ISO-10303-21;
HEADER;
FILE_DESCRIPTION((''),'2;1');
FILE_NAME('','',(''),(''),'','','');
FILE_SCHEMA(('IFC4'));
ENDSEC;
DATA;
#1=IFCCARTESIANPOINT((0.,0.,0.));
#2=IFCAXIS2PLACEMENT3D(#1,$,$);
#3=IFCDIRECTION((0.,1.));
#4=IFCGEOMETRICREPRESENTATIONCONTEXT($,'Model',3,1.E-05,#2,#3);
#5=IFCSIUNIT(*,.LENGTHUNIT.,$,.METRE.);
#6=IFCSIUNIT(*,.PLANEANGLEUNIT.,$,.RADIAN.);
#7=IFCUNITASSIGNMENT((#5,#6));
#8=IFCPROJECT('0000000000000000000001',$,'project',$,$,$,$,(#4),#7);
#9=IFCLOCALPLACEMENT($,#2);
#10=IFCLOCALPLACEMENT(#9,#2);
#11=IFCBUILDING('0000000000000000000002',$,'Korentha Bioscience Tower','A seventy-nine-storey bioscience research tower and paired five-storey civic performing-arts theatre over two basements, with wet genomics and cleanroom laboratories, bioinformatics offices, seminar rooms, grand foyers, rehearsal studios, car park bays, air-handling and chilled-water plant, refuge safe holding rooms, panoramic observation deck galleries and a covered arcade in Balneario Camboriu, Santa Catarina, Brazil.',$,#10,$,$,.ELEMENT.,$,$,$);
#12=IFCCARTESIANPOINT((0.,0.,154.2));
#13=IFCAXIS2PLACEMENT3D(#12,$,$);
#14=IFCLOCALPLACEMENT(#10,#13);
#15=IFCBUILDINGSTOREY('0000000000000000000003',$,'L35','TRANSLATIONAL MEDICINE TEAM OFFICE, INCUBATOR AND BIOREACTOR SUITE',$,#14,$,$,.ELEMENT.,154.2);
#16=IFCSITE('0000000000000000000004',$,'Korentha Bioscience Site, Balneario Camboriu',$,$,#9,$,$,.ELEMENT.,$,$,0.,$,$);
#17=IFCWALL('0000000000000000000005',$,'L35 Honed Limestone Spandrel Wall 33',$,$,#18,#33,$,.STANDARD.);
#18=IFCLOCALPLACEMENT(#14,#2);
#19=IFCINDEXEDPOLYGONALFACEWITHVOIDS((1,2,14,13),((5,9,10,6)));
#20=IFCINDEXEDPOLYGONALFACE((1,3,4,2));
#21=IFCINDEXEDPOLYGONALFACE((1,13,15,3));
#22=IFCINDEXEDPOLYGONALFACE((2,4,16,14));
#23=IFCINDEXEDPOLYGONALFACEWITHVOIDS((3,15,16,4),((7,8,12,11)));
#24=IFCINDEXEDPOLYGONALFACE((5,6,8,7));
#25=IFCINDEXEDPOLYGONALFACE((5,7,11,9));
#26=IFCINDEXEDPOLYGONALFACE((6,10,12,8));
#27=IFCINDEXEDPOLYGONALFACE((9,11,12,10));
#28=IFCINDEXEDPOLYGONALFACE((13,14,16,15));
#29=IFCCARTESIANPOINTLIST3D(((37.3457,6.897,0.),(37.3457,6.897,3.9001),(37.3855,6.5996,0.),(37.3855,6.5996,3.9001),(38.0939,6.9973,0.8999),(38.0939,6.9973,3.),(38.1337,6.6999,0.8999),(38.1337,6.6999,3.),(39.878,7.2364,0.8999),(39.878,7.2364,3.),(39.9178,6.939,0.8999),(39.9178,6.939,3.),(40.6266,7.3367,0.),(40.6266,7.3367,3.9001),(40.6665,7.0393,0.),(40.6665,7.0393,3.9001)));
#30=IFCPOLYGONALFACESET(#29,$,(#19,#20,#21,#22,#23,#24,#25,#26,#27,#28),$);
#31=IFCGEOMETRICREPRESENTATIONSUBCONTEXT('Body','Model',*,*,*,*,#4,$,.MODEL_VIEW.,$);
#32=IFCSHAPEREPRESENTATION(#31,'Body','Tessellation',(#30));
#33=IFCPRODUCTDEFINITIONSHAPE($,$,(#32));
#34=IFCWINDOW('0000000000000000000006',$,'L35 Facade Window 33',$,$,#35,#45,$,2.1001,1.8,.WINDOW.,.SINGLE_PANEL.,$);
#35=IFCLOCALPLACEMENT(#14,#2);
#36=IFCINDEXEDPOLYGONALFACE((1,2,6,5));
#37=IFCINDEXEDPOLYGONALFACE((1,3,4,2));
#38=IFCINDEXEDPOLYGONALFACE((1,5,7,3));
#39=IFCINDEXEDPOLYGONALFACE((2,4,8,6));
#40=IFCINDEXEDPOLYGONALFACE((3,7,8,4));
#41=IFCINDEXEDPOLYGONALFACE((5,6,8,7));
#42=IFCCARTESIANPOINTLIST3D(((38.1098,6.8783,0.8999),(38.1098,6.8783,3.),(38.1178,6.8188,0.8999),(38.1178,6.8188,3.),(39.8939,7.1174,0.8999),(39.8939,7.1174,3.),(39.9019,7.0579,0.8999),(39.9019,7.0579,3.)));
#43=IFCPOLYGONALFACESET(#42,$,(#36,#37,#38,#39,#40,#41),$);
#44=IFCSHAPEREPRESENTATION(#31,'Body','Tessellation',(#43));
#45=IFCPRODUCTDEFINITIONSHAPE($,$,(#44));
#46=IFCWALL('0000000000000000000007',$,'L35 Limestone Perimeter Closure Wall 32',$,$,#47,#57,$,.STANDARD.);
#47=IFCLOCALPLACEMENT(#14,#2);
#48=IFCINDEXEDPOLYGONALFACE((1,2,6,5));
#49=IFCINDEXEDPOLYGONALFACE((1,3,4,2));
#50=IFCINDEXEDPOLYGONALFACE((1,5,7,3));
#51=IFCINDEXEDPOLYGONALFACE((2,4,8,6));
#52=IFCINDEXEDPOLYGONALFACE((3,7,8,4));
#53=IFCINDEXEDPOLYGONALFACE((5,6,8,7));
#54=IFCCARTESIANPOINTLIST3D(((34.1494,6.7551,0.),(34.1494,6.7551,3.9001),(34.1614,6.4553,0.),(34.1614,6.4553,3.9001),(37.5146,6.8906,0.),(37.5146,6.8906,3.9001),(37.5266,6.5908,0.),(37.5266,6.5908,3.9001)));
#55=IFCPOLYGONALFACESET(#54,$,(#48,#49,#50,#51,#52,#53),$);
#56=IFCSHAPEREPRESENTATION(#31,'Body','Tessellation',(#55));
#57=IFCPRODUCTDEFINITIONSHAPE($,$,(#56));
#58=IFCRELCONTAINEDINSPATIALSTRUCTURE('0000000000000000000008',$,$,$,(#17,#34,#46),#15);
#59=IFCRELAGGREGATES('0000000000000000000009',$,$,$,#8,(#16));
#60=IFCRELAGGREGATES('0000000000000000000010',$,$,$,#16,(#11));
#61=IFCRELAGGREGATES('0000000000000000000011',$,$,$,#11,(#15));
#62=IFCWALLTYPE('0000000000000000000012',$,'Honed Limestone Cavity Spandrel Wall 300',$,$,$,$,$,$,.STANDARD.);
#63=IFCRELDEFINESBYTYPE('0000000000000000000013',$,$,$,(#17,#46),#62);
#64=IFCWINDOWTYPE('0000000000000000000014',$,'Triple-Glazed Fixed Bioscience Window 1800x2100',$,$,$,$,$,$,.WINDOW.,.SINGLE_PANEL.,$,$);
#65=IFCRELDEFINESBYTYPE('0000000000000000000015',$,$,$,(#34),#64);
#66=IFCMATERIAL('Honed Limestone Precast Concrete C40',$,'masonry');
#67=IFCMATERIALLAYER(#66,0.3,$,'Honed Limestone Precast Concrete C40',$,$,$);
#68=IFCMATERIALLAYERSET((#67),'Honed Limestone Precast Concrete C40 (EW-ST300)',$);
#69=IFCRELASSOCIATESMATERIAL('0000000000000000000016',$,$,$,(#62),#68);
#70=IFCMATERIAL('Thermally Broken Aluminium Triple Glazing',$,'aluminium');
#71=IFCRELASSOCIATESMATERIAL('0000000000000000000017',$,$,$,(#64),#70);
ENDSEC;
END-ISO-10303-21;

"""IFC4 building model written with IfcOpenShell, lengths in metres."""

from ifc_helpers import new_model, si_unit, direction, frame, frame_2d, origin, place, context, subcontext, project, spatial, rectangle, extrude, material, layer, layer_set, type_object, element, fill, save


model = new_model("IFC4")

# Units and contexts
model_context = context("Model", 3, precision=1e-05, world=origin(), true_north=direction((0.0, 1.0)))
body_context = subcontext(model_context, "Body", "Model", "MODEL_VIEW")
ifc_project = project(units=[si_unit("LENGTHUNIT", "METRE"), si_unit("PLANEANGLEUNIT", "RADIAN")], contexts=[model_context])

# Site, building, storey
site_placement = place(None, origin())
site = spatial("IfcSite", under=ifc_project, at=site_placement, Name="Korentha Bioscience Site, Balneario Camboriu", CompositionType="ELEMENT", RefElevation=0.0)
building_placement = place(site_placement, origin())
building = spatial("IfcBuilding", under=site, at=building_placement, Name="Korentha Bioscience Tower", Description="A seventy-nine-storey bioscience research tower and paired five-storey civic performing-arts theatre over two basements, with wet genomics and cleanroom laboratories, bioinformatics offices, seminar rooms, grand foyers, rehearsal studios, car park bays, air-handling and chilled-water plant, refuge safe holding rooms, panoramic observation deck galleries and a covered arcade in Balneario Camboriu, Santa Catarina, Brazil.", CompositionType="ELEMENT")
storey_placement = place(building_placement, frame((0.0, 0.0, 154.2)))
storey = spatial("IfcBuildingStorey", under=building, at=storey_placement, Name="L35", Description="TRANSLATIONAL MEDICINE TEAM OFFICE, INCUBATOR AND BIOREACTOR SUITE", CompositionType="ELEMENT", Elevation=154.2)

# Wall, opening, window
ifc_material_1 = material(Name="Honed Limestone Precast Concrete C40", Category="masonry")
ifc_layer_1 = layer(ifc_material_1, 0.3, Name="Honed Limestone Precast Concrete C40")
ifc_layer_set_1 = layer_set([ifc_layer_1], Name="Honed Limestone Precast Concrete C40 (EW-ST300)")
wall_type_1 = type_object("IfcWallType", Name="Honed Limestone Cavity Spandrel Wall 300", PredefinedType="STANDARD", material=ifc_layer_set_1)
wall_1_placement = place(storey_placement, frame((37.3655, 6.7483, 0.0), z_axis=(0.0, 0.0, 1.0), x_axis=(0.991139, 0.132826, 0.0)))
wall_1 = element("IfcWall", 1, at=wall_1_placement, inside=storey, type_object=wall_type_1, Name="L35 Honed Limestone Spandrel Wall 33", PredefinedType="STANDARD", context=body_context, shape_type="SweptSolid", body=[
    extrude(rectangle(XDim=3.3103, YDim=0.3, at=frame_2d((1.6553, 0.0))), origin(), (0.0, 0.0, 1.0), 3.9001),
])
opening_1_placement = place(wall_1_placement, frame((0.7551, 0.0, 0.8999)))
opening_1 = element("IfcOpeningElement", 2, at=opening_1_placement, cuts=wall_1, PredefinedType="OPENING", context=body_context, shape_type="SweptSolid", body=[
    extrude(rectangle(XDim=1.8, YDim=2.1001, at=frame_2d((0.8999, 1.05))), frame((0.0, 0.165, 0.0), z_axis=(0.0, -1.0, 0.0), x_axis=(1.0, 0.0, 0.0)), (0.0, 0.0, 1.0), 0.3298),
])
ifc_material_2 = material(Name="Thermally Broken Aluminium Triple Glazing", Category="aluminium")
window_type = type_object("IfcWindowType", Name="Triple-Glazed Fixed Bioscience Window 1800x2100", PartitioningType="SINGLE_PANEL", PredefinedType="WINDOW", material=ifc_material_2)
window_placement = place(opening_1_placement, origin())
window = element("IfcWindow", 3, at=window_placement, inside=storey, type_object=window_type, Name="L35 Facade Window 33", OverallHeight=2.1001, OverallWidth=1.8, PartitioningType="SINGLE_PANEL", PredefinedType="WINDOW", context=body_context, shape_type="SweptSolid", body=[
    extrude(rectangle(XDim=1.8, YDim=2.1001, at=frame_2d((0.8999, 1.05))), frame((0.0, 0.03, 0.0), z_axis=(0.0, -1.0, 0.0), x_axis=(1.0, 0.0, 0.0)), (0.0, 0.0, 1.0), 0.0601),
])
fill(opening_1, window)

# Wall
wall_2_placement = place(storey_placement, frame((34.1553, 6.6052, 0.0), z_axis=(0.0, 0.0, 1.0), x_axis=(0.99919, 0.040231, 0.0)))
element("IfcWall", 4, at=wall_2_placement, inside=storey, type_object=wall_type_1, Name="L35 Limestone Perimeter Closure Wall 32", PredefinedType="STANDARD", context=body_context, shape_type="SweptSolid", body=[
    extrude(rectangle(XDim=3.3679, YDim=0.3, at=frame_2d((1.6841, 0.0))), origin(), (0.0, 0.0, 1.0), 3.9001),
])

save(model, "model.ifc")
